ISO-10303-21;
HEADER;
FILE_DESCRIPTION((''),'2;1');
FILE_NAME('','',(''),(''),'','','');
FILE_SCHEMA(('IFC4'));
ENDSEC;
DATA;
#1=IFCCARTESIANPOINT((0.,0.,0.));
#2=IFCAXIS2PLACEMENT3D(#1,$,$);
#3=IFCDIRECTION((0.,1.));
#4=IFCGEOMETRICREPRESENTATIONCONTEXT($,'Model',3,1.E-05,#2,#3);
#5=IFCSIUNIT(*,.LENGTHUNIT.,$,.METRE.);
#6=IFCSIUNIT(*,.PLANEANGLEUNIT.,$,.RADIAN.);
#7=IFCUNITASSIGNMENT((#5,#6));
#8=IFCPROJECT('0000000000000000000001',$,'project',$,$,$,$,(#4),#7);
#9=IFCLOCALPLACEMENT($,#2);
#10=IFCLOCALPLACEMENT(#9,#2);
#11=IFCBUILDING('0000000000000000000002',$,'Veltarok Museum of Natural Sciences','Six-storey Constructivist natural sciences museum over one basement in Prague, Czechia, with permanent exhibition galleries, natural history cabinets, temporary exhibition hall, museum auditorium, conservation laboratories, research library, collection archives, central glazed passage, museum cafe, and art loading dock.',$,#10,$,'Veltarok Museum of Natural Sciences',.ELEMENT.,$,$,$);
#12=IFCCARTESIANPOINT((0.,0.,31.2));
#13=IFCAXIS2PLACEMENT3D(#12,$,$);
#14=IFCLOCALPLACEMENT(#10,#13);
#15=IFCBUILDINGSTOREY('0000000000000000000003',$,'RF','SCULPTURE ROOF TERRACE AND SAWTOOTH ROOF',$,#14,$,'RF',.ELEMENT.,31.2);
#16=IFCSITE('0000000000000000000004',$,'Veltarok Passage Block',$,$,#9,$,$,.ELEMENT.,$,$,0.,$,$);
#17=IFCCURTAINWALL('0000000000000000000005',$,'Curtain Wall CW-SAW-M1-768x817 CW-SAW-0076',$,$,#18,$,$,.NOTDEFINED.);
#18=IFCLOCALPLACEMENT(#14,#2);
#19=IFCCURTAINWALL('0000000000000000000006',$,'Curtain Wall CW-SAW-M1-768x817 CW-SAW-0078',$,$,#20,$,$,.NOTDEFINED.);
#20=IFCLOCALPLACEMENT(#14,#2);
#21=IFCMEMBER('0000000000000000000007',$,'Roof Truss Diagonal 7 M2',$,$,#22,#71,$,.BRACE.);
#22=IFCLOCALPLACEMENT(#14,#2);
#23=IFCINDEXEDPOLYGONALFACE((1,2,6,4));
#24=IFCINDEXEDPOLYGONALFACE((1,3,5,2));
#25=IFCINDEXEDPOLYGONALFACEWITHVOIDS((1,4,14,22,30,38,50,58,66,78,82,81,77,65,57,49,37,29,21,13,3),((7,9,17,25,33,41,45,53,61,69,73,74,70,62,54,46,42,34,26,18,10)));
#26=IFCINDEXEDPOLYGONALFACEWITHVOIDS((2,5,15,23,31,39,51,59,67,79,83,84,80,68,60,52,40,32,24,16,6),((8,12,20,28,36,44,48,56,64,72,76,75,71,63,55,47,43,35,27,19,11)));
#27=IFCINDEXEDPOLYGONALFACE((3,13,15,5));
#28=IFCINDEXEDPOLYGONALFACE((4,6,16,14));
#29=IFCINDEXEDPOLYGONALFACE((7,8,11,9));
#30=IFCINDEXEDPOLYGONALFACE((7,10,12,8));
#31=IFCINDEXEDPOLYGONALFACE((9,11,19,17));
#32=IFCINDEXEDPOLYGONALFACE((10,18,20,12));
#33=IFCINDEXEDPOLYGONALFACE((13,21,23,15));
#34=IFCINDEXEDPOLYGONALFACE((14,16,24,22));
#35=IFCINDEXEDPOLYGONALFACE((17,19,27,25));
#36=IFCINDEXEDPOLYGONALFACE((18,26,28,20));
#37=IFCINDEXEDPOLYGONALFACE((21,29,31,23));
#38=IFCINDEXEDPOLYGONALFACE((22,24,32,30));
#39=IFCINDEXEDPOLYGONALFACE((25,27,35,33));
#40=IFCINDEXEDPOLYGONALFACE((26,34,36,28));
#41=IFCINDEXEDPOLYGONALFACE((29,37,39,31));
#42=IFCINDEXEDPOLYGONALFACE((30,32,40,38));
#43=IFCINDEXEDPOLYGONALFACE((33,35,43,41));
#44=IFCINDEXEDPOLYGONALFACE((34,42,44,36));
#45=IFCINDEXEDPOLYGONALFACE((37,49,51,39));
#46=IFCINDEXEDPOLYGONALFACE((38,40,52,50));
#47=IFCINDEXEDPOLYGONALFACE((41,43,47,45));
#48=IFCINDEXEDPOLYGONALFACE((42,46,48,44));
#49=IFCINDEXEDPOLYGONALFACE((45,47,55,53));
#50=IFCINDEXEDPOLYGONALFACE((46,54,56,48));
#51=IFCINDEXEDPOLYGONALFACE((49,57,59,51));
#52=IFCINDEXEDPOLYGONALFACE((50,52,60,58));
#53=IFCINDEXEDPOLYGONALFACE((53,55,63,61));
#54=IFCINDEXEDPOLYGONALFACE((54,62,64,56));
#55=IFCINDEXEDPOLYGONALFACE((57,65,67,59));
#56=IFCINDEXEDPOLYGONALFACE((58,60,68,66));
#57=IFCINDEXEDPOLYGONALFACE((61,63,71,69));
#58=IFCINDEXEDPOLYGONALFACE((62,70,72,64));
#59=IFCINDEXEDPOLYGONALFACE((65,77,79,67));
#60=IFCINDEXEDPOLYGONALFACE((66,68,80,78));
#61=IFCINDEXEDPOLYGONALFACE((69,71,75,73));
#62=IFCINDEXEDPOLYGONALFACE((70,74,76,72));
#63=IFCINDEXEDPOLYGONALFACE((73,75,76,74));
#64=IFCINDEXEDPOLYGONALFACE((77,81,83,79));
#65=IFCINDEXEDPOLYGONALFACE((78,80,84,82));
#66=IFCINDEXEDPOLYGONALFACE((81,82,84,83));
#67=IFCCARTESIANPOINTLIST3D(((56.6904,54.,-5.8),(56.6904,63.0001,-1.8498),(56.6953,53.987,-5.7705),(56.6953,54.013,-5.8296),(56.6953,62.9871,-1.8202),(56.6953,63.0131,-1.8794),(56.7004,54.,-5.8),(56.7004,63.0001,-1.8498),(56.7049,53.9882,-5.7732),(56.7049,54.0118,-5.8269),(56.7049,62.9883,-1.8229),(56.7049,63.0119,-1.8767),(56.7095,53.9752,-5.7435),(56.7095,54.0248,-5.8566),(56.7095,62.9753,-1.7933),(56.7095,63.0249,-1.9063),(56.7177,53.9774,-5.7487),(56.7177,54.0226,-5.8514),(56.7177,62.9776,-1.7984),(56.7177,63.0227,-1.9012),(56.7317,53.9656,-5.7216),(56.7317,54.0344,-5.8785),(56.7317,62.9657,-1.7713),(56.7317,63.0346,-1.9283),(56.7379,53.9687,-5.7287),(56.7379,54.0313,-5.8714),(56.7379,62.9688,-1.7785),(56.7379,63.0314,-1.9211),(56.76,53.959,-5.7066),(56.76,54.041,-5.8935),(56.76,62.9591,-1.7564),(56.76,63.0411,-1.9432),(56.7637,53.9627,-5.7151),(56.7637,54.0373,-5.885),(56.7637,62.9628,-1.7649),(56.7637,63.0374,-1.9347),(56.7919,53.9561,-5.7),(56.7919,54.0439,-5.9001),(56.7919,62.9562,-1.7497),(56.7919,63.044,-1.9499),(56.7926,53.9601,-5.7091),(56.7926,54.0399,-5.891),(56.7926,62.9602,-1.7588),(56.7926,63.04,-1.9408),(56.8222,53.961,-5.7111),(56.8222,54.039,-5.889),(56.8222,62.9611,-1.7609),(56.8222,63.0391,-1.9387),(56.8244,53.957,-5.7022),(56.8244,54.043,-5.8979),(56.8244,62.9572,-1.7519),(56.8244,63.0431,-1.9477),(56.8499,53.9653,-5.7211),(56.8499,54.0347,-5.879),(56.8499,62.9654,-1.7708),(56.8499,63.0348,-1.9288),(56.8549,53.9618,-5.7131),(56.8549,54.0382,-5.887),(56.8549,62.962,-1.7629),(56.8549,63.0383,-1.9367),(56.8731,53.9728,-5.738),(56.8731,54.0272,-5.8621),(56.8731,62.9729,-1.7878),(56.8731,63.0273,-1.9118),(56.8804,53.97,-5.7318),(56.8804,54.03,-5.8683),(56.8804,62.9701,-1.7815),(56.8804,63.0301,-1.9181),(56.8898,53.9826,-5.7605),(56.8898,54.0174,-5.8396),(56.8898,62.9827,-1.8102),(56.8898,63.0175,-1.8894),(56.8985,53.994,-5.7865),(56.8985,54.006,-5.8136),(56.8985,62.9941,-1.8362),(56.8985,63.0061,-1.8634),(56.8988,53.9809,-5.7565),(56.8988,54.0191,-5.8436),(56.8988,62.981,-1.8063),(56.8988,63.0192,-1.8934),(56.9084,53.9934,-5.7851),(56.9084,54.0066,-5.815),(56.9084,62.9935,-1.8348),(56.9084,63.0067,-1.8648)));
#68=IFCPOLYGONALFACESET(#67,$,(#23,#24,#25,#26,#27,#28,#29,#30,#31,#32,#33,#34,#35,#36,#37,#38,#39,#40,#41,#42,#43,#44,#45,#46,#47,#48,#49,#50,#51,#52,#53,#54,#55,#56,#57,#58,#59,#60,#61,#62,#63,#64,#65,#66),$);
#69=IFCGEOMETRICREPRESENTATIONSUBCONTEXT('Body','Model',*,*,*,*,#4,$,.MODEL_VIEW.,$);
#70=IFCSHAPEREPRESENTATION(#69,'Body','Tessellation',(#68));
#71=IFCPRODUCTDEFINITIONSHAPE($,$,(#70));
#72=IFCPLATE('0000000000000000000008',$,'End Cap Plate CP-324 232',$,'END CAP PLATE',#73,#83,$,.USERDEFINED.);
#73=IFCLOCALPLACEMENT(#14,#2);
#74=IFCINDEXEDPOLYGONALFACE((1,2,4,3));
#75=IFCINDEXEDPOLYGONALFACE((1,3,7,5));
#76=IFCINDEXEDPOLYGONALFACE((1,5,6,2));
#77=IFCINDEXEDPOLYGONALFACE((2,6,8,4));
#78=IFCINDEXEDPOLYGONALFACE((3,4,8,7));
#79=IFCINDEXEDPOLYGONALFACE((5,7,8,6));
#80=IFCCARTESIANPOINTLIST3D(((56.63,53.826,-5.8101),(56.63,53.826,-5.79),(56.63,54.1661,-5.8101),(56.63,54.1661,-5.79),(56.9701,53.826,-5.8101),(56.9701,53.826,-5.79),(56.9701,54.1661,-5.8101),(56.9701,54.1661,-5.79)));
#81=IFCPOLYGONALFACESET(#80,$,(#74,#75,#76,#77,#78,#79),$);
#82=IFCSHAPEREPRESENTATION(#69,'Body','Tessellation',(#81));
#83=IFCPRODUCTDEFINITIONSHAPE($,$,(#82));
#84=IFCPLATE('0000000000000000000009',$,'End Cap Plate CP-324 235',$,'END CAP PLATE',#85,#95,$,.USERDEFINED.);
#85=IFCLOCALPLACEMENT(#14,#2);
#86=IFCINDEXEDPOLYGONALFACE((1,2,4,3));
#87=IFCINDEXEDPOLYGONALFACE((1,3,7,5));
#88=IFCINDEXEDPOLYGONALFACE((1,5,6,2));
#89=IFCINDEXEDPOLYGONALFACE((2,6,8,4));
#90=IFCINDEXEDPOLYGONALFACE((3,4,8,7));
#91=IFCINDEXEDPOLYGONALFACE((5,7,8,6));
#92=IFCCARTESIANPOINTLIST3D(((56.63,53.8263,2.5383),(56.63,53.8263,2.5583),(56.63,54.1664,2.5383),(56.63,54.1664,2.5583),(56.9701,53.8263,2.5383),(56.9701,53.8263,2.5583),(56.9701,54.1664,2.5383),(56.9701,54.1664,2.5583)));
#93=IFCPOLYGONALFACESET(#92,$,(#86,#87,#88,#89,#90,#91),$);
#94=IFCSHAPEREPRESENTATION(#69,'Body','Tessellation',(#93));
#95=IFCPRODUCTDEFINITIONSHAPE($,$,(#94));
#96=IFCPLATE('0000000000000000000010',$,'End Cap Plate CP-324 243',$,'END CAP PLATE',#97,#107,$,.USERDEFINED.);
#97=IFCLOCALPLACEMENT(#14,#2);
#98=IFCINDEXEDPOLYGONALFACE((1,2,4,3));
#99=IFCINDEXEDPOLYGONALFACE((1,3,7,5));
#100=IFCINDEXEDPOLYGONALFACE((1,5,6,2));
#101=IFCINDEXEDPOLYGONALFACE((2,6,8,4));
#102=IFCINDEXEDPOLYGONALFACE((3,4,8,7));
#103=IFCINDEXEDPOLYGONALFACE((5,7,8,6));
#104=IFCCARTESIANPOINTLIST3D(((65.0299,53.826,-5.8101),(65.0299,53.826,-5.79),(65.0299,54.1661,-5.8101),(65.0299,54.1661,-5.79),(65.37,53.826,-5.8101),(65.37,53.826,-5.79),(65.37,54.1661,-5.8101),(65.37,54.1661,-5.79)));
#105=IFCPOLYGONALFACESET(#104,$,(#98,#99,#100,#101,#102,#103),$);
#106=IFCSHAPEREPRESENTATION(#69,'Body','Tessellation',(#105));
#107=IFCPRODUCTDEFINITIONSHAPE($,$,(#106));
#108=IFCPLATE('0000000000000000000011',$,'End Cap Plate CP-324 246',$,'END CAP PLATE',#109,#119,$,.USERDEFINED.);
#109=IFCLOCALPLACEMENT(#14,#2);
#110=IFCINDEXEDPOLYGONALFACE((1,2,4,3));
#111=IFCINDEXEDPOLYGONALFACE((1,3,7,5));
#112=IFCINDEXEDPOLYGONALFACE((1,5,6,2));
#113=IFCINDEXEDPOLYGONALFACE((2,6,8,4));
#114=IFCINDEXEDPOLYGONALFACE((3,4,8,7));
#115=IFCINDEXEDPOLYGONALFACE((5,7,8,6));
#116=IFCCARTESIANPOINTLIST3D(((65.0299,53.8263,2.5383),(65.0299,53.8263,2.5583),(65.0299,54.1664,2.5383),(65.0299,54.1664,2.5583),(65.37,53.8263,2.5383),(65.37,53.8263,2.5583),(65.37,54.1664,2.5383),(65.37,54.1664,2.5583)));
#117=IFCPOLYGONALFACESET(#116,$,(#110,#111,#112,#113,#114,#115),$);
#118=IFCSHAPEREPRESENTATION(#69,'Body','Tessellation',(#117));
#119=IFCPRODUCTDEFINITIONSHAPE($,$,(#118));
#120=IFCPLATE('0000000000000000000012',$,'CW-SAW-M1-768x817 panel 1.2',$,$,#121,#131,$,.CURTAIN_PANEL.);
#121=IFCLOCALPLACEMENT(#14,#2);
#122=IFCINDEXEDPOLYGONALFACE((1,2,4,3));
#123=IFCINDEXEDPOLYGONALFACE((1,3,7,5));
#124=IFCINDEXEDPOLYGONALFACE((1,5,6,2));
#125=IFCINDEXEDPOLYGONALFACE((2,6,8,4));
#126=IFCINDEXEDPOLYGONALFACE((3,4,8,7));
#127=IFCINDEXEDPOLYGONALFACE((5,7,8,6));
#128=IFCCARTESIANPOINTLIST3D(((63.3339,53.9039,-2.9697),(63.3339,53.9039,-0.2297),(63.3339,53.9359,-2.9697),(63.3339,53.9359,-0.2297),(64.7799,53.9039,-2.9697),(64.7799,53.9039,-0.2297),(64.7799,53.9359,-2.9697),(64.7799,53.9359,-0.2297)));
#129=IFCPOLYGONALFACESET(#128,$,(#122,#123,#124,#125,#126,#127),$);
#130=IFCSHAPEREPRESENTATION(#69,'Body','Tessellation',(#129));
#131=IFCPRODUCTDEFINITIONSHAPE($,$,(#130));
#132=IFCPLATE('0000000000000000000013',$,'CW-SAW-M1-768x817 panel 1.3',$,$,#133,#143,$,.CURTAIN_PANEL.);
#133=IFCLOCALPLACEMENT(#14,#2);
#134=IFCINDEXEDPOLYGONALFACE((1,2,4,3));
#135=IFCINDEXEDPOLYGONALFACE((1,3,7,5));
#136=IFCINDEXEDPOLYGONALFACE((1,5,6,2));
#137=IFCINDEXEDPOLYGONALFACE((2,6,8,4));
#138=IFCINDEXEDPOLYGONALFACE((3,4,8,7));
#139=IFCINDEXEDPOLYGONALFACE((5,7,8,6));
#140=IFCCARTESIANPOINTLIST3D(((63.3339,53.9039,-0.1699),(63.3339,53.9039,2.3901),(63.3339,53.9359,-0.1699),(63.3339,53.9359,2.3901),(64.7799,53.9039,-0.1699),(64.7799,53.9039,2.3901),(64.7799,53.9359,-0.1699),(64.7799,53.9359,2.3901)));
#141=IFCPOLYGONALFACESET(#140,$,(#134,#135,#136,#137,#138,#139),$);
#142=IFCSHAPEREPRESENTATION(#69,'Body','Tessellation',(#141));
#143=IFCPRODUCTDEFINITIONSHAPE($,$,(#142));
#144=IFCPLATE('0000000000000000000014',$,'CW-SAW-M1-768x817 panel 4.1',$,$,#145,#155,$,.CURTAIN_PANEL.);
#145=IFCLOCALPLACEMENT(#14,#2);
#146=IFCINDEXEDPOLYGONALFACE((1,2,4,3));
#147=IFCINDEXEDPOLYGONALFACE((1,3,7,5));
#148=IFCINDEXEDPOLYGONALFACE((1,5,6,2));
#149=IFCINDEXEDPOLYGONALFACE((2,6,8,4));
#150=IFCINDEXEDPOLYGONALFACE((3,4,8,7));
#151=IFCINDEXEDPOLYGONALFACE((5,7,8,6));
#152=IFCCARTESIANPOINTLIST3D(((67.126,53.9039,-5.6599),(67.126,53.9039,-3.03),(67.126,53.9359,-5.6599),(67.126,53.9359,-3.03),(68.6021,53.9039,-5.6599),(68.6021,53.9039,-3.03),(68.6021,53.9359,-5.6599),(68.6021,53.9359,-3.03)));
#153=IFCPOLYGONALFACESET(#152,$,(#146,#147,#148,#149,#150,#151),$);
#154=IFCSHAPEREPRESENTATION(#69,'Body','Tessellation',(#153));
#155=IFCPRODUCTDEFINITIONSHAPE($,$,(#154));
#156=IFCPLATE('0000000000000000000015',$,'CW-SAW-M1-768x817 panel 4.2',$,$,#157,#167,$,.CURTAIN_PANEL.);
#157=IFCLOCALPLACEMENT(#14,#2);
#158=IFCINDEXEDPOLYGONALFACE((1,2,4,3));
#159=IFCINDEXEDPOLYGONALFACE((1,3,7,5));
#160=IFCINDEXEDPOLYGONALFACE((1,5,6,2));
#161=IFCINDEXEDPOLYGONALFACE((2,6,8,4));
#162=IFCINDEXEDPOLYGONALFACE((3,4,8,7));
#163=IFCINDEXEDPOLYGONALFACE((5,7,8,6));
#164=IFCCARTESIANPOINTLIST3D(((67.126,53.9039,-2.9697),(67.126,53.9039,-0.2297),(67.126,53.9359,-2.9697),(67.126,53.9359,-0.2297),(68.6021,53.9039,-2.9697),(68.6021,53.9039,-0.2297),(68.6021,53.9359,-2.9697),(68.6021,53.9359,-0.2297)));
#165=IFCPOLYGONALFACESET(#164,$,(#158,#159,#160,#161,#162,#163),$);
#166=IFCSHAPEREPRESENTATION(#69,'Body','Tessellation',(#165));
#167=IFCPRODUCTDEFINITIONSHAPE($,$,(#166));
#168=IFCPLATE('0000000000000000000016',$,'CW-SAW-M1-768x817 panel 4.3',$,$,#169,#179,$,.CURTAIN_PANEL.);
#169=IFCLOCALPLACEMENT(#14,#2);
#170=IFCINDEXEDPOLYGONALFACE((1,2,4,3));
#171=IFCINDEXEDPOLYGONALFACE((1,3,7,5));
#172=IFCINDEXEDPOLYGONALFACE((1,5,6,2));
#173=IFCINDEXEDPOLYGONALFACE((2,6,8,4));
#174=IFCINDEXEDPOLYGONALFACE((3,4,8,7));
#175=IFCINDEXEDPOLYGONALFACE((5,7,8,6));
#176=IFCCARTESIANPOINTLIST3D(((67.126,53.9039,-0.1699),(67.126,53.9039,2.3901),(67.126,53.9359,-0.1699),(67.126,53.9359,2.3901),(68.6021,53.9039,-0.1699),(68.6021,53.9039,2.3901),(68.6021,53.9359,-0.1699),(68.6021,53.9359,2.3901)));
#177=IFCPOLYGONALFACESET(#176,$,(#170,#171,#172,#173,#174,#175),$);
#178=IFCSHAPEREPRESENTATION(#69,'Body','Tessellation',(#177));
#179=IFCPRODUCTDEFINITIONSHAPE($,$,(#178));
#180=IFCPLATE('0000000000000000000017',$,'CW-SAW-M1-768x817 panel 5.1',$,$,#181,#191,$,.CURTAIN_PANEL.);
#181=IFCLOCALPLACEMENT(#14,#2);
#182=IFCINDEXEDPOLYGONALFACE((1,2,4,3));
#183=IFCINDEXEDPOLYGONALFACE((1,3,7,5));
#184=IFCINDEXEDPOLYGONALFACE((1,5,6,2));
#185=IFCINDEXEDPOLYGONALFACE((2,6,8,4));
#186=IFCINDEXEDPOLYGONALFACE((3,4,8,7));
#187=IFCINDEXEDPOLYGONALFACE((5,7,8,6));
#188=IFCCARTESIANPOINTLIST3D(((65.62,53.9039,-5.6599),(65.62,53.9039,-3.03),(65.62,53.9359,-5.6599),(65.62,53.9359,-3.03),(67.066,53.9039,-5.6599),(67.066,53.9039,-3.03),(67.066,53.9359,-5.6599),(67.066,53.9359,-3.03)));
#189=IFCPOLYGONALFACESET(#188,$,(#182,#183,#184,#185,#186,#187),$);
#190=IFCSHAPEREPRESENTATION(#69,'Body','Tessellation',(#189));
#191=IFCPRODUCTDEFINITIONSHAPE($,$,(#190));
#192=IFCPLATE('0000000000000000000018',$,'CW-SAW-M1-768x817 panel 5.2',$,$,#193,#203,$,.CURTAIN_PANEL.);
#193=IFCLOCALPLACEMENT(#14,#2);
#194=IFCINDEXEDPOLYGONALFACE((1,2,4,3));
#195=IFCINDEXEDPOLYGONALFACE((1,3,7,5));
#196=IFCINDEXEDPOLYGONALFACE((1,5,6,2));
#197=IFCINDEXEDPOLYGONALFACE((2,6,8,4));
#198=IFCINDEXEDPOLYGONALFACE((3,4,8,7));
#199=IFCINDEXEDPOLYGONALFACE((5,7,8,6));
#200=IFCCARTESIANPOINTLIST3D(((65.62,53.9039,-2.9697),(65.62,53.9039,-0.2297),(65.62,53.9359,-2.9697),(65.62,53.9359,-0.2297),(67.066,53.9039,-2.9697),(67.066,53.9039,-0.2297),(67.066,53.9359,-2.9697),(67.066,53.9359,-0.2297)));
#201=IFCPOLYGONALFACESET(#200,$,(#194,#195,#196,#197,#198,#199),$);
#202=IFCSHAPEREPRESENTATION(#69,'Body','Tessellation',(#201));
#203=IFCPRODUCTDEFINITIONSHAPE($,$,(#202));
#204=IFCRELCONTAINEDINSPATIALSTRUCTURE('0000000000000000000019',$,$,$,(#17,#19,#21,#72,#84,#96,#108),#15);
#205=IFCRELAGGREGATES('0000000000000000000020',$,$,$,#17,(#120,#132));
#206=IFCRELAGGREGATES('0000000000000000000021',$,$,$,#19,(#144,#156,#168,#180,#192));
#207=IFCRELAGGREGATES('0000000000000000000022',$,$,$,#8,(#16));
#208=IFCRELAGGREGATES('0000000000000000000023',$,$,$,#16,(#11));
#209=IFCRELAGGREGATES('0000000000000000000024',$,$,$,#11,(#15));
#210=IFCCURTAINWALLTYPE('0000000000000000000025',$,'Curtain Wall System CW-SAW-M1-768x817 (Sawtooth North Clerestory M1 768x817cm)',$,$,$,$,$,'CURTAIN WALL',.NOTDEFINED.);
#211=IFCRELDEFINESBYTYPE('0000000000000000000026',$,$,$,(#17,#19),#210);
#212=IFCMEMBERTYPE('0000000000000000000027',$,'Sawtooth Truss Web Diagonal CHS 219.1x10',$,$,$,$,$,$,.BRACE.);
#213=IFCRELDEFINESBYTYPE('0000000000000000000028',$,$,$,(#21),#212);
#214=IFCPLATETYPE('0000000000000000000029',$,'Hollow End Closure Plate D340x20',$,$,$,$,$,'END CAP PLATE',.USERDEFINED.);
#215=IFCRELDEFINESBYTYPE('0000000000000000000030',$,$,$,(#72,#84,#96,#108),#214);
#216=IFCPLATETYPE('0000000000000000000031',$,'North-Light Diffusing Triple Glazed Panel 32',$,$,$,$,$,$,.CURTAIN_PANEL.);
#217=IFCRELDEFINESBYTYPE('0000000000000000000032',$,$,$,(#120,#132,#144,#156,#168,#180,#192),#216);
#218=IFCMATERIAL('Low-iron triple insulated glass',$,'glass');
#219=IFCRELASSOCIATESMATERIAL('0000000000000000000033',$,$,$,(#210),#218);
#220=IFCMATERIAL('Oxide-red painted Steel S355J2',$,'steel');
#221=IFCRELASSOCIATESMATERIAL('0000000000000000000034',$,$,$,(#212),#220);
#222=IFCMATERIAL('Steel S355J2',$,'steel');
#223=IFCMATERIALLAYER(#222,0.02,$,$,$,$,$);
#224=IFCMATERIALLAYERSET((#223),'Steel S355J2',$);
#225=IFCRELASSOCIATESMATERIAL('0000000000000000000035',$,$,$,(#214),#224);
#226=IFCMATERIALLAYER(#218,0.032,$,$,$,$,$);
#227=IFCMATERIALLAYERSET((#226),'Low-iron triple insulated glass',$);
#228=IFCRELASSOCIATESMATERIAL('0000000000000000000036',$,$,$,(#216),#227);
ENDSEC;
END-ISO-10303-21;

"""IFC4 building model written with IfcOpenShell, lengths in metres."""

from ifc_helpers import new_model, si_unit, direction, frame, origin, origin_2d, place, context, subcontext, project, spatial, rectangle, hollow_circle, extrude, material, layer, layer_set, material_profile, profile_set, type_object, element, aggregate, save


model = new_model("IFC4")

# Units and contexts
model_context = context("Model", 3, precision=1e-05, world=origin(), true_north=direction((0.0, 1.0)))
body_context = subcontext(model_context, "Body", "Model", "MODEL_VIEW")
ifc_project = project(units=[si_unit("LENGTHUNIT", "METRE"), si_unit("PLANEANGLEUNIT", "RADIAN")], contexts=[model_context])

# Site, building, storey
site_placement = place(None, origin())
site = spatial("IfcSite", under=ifc_project, at=site_placement, Name="Veltarok Passage Block", CompositionType="ELEMENT", RefElevation=0.0)
building_placement = place(site_placement, origin())
building = spatial("IfcBuilding", under=site, at=building_placement, Name="Veltarok Museum of Natural Sciences", Description="Six-storey Constructivist natural sciences museum over one basement in Prague, Czechia, with permanent exhibition galleries, natural history cabinets, temporary exhibition hall, museum auditorium, conservation laboratories, research library, collection archives, central glazed passage, museum cafe, and art loading dock.", LongName="Veltarok Museum of Natural Sciences", CompositionType="ELEMENT")
storey_placement = place(building_placement, frame((0.0, 0.0, 31.2)))
storey = spatial("IfcBuildingStorey", under=building, at=storey_placement, Name="RF", Description="SCULPTURE ROOF TERRACE AND SAWTOOTH ROOF", LongName="RF", CompositionType="ELEMENT", Elevation=31.2)

# Shared definitions
ifc_material_1 = material(Name="Steel S355J2", Category="steel")

# Curtain wall
ifc_material_2 = material(Name="Low-iron triple insulated glass", Category="glass")
curtain_wall_type = type_object("IfcCurtainWallType", Name="Curtain Wall System CW-SAW-M1-768x817 (Sawtooth North Clerestory M1 768x817cm)", ElementType="CURTAIN WALL", PredefinedType="NOTDEFINED", material=ifc_material_2)
curtain_wall_1_placement = place(storey_placement, origin())
curtain_wall_1 = element("IfcCurtainWall", 1, at=curtain_wall_1_placement, inside=storey, type_object=curtain_wall_type, Name="Curtain Wall CW-SAW-M1-768x817 CW-SAW-0076", PredefinedType="NOTDEFINED")

# Curtain wall
curtain_wall_2_placement = place(storey_placement, origin())
curtain_wall_2 = element("IfcCurtainWall", 2, at=curtain_wall_2_placement, inside=storey, type_object=curtain_wall_type, Name="Curtain Wall CW-SAW-M1-768x817 CW-SAW-0078", PredefinedType="NOTDEFINED")

# Member
ifc_material_3 = material(Name="Oxide-red painted Steel S355J2", Category="steel")
ifc_material_profile_1 = material_profile(ifc_material_3, hollow_circle(Radius=0.1096, WallThickness=0.01, at=origin_2d()), Name="CHS 219.1x10")
ifc_profile_set_1 = profile_set([ifc_material_profile_1], Name="Oxide-red painted Steel S355J2")
member_type_1 = type_object("IfcMemberType", Name="Sawtooth Truss Web Diagonal CHS 219.1x10", PredefinedType="BRACE", material=ifc_profile_set_1)
member_1_placement = place(storey_placement, frame((56.8, 54.0, -5.8), z_axis=(0.0, 0.915682, 0.401903), x_axis=(-1.0, 0.0, 0.0)))
element("IfcMember", 3, at=member_1_placement, inside=storey, type_object=member_type_1, Name="Roof Truss Diagonal 7 M2", PredefinedType="BRACE", context=body_context, shape_type="SweptSolid", body=[
    extrude(hollow_circle(Radius=0.1096, WallThickness=0.01, at=origin_2d()), origin(), (0.0, 0.0, 1.0), 9.8289),
])

# Plates
ifc_layer_1 = layer(ifc_material_1, 0.02)
ifc_layer_set_1 = layer_set([ifc_layer_1], Name="Steel S355J2")
plate_type_1 = type_object("IfcPlateType", Name="Hollow End Closure Plate D340x20", ElementType="END CAP PLATE", PredefinedType="USERDEFINED", material=ifc_layer_set_1)
for number, where, z_axis, x_axis, name in (
    (4, (56.8, 53.9961, -5.8101), (0.0, 0.0, 1.0), (0.0, 1.0, 0.0), "End Cap Plate CP-324 232"),
    (5, (56.8, 53.9963, 2.5383), (0.0, 0.0, 1.0), (0.0, 1.0, 0.0), "End Cap Plate CP-324 235"),
    (6, (65.2, 53.9961, -5.8101), (0.0, 0.0, 1.0), (0.0, 1.0, 0.0), "End Cap Plate CP-324 243"),
    (7, (65.2, 53.9963, 2.5383), (0.0, 0.0, 1.0), (0.0, 1.0, 0.0), "End Cap Plate CP-324 246"),
):
    element("IfcPlate", number, at=place(storey_placement, frame(where, z_axis=z_axis, x_axis=x_axis)), inside=storey, type_object=plate_type_1, Name=name, ObjectType="END CAP PLATE", PredefinedType="USERDEFINED", context=body_context, shape_type="SweptSolid", body=[
        extrude(rectangle(XDim=0.3401, YDim=0.3401, at=origin_2d()), origin(), (0.0, 0.0, 1.0), 0.02),
    ])

# Plates
ifc_layer_2 = layer(ifc_material_2, 0.032)
ifc_layer_set_2 = layer_set([ifc_layer_2], Name="Low-iron triple insulated glass")
plate_type_2 = type_object("IfcPlateType", Name="North-Light Diffusing Triple Glazed Panel 32", PredefinedType="CURTAIN_PANEL", material=ifc_layer_set_2)
plate_1_placement = place(storey_placement, frame((64.0569, 53.9199, -2.9697), z_axis=(0.0, 0.0, 1.0), x_axis=(-1.0, 0.0, 0.0)))
plate_1 = element("IfcPlate", 8, at=plate_1_placement, type_object=plate_type_2, Name="CW-SAW-M1-768x817 panel 1.2", PredefinedType="CURTAIN_PANEL", context=body_context, shape_type="SweptSolid", body=[
    extrude(rectangle(XDim=1.446, YDim=0.032, at=origin_2d()), origin(), (0.0, 0.0, 1.0), 2.74),
])
plate_2_placement = place(storey_placement, frame((64.0569, 53.9199, -0.1699), z_axis=(0.0, 0.0, 1.0), x_axis=(-1.0, 0.0, 0.0)))
plate_2 = element("IfcPlate", 9, at=plate_2_placement, type_object=plate_type_2, Name="CW-SAW-M1-768x817 panel 1.3", PredefinedType="CURTAIN_PANEL", context=body_context, shape_type="SweptSolid", body=[
    extrude(rectangle(XDim=1.446, YDim=0.032, at=origin_2d()), origin(), (0.0, 0.0, 1.0), 2.5601),
])
aggregate(curtain_wall_1, [plate_1, plate_2])
plate_3_placement = place(storey_placement, frame((67.864, 53.9199, -5.6599), z_axis=(0.0, 0.0, 1.0), x_axis=(-1.0, 0.0, 0.0)))
plate_3 = element("IfcPlate", 10, at=plate_3_placement, type_object=plate_type_2, Name="CW-SAW-M1-768x817 panel 4.1", PredefinedType="CURTAIN_PANEL", context=body_context, shape_type="SweptSolid", body=[
    extrude(rectangle(XDim=1.4761, YDim=0.032, at=origin_2d()), origin(), (0.0, 0.0, 1.0), 2.6299),
])
plate_4_placement = place(storey_placement, frame((67.864, 53.9199, -2.9697), z_axis=(0.0, 0.0, 1.0), x_axis=(-1.0, 0.0, 0.0)))
plate_4 = element("IfcPlate", 11, at=plate_4_placement, type_object=plate_type_2, Name="CW-SAW-M1-768x817 panel 4.2", PredefinedType="CURTAIN_PANEL", context=body_context, shape_type="SweptSolid", body=[
    extrude(rectangle(XDim=1.4761, YDim=0.032, at=origin_2d()), origin(), (0.0, 0.0, 1.0), 2.74),
])
plate_5_placement = place(storey_placement, frame((67.864, 53.9199, -0.1699), z_axis=(0.0, 0.0, 1.0), x_axis=(-1.0, 0.0, 0.0)))
plate_5 = element("IfcPlate", 12, at=plate_5_placement, type_object=plate_type_2, Name="CW-SAW-M1-768x817 panel 4.3", PredefinedType="CURTAIN_PANEL", context=body_context, shape_type="SweptSolid", body=[
    extrude(rectangle(XDim=1.4761, YDim=0.032, at=origin_2d()), origin(), (0.0, 0.0, 1.0), 2.5601),
])
plate_6_placement = place(storey_placement, frame((66.343, 53.9199, -5.6599), z_axis=(0.0, 0.0, 1.0), x_axis=(-1.0, 0.0, 0.0)))
plate_6 = element("IfcPlate", 13, at=plate_6_placement, type_object=plate_type_2, Name="CW-SAW-M1-768x817 panel 5.1", PredefinedType="CURTAIN_PANEL", context=body_context, shape_type="SweptSolid", body=[
    extrude(rectangle(XDim=1.446, YDim=0.032, at=origin_2d()), origin(), (0.0, 0.0, 1.0), 2.6299),
])
plate_7_placement = place(storey_placement, frame((66.343, 53.9199, -2.9697), z_axis=(0.0, 0.0, 1.0), x_axis=(-1.0, 0.0, 0.0)))
plate_7 = element("IfcPlate", 14, at=plate_7_placement, type_object=plate_type_2, Name="CW-SAW-M1-768x817 panel 5.2", PredefinedType="CURTAIN_PANEL", context=body_context, shape_type="SweptSolid", body=[
    extrude(rectangle(XDim=1.446, YDim=0.032, at=origin_2d()), origin(), (0.0, 0.0, 1.0), 2.74),
])
aggregate(curtain_wall_2, [plate_3, plate_4, plate_5, plate_6, plate_7])

save(model, "model.ifc")
